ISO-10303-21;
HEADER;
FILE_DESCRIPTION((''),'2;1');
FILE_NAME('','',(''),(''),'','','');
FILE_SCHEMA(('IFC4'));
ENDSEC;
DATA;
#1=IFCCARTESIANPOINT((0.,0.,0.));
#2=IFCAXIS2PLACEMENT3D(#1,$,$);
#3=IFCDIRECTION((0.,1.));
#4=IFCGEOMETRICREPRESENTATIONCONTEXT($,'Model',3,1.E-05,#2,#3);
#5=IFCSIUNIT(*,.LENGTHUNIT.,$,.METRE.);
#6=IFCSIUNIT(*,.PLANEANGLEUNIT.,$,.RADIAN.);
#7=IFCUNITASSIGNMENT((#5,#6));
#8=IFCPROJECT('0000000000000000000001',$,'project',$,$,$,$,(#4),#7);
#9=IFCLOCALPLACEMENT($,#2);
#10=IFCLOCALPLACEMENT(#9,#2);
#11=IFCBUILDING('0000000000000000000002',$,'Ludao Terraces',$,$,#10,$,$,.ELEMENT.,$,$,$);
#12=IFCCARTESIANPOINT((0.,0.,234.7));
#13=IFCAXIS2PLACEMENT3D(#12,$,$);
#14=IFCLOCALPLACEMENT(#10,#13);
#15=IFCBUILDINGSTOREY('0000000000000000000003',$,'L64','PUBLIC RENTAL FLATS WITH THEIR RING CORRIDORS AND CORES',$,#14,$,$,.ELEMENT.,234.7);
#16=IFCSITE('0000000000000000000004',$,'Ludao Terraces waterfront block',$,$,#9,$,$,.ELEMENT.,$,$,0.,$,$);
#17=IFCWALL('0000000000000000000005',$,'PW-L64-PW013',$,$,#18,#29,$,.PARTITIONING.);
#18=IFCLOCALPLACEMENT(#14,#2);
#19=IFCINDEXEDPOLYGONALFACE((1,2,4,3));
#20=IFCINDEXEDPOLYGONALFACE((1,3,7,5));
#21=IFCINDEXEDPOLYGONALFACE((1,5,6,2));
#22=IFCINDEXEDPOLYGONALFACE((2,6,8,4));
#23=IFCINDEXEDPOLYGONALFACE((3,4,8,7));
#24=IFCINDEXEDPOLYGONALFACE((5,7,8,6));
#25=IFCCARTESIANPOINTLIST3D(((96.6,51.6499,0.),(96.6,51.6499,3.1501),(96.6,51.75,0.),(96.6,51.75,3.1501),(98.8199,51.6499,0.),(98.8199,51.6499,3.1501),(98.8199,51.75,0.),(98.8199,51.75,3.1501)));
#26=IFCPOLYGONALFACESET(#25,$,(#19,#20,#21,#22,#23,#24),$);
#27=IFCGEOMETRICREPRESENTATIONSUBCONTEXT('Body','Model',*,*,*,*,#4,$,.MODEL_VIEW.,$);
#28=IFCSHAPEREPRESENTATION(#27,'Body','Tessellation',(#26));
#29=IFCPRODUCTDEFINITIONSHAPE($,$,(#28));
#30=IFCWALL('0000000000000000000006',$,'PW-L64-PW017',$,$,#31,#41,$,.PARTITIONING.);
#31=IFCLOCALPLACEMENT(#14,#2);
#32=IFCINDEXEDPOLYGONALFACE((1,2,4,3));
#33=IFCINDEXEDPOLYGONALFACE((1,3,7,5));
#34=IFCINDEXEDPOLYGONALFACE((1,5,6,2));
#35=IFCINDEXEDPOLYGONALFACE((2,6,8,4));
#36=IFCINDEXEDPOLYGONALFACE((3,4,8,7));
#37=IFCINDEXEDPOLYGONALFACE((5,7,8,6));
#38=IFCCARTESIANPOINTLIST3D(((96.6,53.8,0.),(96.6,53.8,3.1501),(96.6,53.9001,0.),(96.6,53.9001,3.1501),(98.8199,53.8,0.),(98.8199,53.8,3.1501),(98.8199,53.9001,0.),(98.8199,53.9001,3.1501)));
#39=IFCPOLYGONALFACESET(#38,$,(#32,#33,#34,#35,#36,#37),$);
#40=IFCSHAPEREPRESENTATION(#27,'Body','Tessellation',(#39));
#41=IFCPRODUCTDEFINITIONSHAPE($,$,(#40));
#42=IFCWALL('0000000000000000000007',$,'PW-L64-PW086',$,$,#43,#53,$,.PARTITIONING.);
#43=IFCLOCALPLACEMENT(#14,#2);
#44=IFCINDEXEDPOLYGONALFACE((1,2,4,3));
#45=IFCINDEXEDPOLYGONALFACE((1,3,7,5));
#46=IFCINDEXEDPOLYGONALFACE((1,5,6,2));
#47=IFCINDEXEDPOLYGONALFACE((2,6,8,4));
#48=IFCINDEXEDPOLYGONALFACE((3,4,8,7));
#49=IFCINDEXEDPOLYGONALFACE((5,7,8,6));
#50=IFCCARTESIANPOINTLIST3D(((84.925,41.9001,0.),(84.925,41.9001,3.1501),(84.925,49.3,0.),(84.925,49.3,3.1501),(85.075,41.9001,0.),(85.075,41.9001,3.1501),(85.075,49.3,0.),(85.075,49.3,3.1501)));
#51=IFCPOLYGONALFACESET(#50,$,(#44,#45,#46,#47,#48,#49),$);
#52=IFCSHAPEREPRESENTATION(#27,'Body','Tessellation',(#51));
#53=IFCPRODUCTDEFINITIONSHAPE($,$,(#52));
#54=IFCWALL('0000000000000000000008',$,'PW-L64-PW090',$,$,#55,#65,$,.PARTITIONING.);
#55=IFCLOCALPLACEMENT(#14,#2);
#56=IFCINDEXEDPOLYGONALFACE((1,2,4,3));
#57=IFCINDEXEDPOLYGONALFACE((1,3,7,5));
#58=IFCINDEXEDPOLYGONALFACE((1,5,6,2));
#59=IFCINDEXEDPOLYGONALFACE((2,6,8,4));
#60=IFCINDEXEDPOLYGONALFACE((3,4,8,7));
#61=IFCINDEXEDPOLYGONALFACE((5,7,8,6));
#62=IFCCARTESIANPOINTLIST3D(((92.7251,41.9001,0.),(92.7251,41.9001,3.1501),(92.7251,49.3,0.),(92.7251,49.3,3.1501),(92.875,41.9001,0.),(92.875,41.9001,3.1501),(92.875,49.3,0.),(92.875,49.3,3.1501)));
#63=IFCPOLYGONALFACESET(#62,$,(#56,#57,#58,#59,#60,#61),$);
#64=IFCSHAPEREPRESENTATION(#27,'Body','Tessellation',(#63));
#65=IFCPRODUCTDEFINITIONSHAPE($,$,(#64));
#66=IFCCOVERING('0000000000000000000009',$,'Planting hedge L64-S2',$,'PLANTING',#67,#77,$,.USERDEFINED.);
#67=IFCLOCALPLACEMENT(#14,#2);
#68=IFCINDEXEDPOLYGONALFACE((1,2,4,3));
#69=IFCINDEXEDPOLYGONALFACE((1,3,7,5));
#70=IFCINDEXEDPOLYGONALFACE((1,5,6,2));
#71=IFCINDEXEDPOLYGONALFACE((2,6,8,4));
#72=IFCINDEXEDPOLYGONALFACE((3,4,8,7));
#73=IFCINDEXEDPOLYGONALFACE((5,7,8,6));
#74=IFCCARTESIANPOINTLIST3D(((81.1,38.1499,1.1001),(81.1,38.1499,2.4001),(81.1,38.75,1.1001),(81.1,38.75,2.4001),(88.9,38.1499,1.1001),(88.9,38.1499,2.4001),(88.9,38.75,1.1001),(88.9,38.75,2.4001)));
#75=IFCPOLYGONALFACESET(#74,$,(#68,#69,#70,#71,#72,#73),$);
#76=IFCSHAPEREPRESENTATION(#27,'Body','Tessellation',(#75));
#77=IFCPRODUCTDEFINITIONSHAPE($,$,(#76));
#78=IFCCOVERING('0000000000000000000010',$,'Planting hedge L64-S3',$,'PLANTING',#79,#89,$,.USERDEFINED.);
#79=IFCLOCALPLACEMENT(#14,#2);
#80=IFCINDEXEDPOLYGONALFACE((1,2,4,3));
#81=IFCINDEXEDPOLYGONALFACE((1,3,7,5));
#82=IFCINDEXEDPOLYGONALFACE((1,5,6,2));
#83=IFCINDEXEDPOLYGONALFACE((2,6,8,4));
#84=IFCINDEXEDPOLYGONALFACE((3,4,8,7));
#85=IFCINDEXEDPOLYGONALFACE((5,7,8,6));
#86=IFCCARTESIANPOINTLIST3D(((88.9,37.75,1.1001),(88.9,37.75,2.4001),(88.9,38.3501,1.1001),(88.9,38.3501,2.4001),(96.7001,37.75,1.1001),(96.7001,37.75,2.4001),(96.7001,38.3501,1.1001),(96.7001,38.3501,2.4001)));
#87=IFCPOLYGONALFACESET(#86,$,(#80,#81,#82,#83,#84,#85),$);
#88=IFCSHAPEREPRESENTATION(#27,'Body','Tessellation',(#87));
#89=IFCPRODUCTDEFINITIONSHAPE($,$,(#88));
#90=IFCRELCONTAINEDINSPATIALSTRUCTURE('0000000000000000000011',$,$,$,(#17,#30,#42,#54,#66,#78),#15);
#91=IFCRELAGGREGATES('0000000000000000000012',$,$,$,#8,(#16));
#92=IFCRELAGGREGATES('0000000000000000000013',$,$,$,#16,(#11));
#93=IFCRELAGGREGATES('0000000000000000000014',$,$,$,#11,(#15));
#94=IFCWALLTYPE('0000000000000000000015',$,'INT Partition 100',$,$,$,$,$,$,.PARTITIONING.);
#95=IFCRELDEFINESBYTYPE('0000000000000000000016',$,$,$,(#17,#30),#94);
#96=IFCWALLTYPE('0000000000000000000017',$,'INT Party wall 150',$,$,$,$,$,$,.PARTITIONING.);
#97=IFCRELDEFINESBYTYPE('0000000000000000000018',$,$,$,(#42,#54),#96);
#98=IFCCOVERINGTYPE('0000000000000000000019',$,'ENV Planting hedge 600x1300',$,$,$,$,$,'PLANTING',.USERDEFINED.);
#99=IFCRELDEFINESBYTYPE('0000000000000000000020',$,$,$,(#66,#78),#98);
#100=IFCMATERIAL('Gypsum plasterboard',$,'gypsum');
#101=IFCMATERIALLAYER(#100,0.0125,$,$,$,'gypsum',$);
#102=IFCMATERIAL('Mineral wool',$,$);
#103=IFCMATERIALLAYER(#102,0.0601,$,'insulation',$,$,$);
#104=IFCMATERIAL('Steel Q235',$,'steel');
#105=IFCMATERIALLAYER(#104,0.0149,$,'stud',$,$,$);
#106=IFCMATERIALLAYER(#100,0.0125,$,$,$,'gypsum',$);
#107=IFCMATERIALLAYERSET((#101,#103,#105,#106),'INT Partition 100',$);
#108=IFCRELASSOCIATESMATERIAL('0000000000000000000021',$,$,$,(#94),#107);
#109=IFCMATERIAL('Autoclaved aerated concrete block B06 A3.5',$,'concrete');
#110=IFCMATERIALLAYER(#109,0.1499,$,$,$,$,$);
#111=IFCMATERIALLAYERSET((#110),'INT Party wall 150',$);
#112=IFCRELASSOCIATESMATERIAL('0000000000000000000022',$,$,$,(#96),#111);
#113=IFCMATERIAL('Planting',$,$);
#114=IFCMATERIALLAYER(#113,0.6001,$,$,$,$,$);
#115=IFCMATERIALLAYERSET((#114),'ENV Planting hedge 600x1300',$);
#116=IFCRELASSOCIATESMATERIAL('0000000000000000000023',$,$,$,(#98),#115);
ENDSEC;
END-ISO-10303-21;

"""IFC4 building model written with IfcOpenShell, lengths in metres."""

from ifc_helpers import new_model, si_unit, direction, frame, frame_2d, origin, origin_2d, place, context, subcontext, project, spatial, rectangle, extrude, material, layer, layer_set, type_object, element, save


model = new_model("IFC4")

# Units and contexts
model_context = context("Model", 3, precision=1e-05, world=origin(), true_north=direction((0.0, 1.0)))
body_context = subcontext(model_context, "Body", "Model", "MODEL_VIEW")
ifc_project = project(units=[si_unit("LENGTHUNIT", "METRE"), si_unit("PLANEANGLEUNIT", "RADIAN")], contexts=[model_context])

# Site, building, storey
site_placement = place(None, origin())
site = spatial("IfcSite", under=ifc_project, at=site_placement, Name="Ludao Terraces waterfront block", CompositionType="ELEMENT", RefElevation=0.0)
building_placement = place(site_placement, origin())
building = spatial("IfcBuilding", under=site, at=building_placement, Name="Ludao Terraces", CompositionType="ELEMENT")
storey_placement = place(building_placement, frame((0.0, 0.0, 234.7)))
storey = spatial("IfcBuildingStorey", under=building, at=storey_placement, Name="L64", Description="PUBLIC RENTAL FLATS WITH THEIR RING CORRIDORS AND CORES", CompositionType="ELEMENT", Elevation=234.7)

# Shared definitions
ifc_material_1 = material(Name="Mineral wool")

# Shared definitions
ifc_material_2 = material(Name="Gypsum plasterboard", Category="gypsum")
ifc_layer_1 = layer(ifc_material_2, 0.0125, Category="gypsum")
ifc_layer_2 = layer(ifc_material_1, 0.0601, Name="insulation")
ifc_material_3 = material(Name="Steel Q235", Category="steel")
ifc_layer_3 = layer(ifc_material_3, 0.0149, Name="stud")
ifc_layer_4 = layer(ifc_material_2, 0.0125, Category="gypsum")
ifc_layer_set_1 = layer_set([ifc_layer_1, ifc_layer_2, ifc_layer_3, ifc_layer_4], Name="INT Partition 100")
wall_type_1 = type_object("IfcWallType", Name="INT Partition 100", PredefinedType="PARTITIONING", material=ifc_layer_set_1)

# Walls
for number, where, z_axis, x_axis, name in (
    (1, (96.6001, 51.7, 0.0), (0.0, 0.0, 1.0), (1.0, 0.0, 0.0), "PW-L64-PW013"),
    (2, (96.6001, 53.8501, 0.0), (0.0, 0.0, 1.0), (1.0, 0.0, 0.0), "PW-L64-PW017"),
):
    element("IfcWall", number, at=place(storey_placement, frame(where, z_axis=z_axis, x_axis=x_axis)), inside=storey, type_object=wall_type_1, Name=name, PredefinedType="PARTITIONING", context=body_context, shape_type="SweptSolid", body=[
        extrude(rectangle(XDim=2.22, YDim=0.1001, at=frame_2d((1.1099, 0.0))), origin(), (0.0, 0.0, 1.0), 3.1501),
    ])
ifc_material_4 = material(Name="Autoclaved aerated concrete block B06 A3.5", Category="concrete")
ifc_layer_5 = layer(ifc_material_4, 0.1499)
ifc_layer_set_2 = layer_set([ifc_layer_5], Name="INT Party wall 150")
wall_type_2 = type_object("IfcWallType", Name="INT Party wall 150", PredefinedType="PARTITIONING", material=ifc_layer_set_2)
for number, where, z_axis, x_axis, name in (
    (3, (85.0, 41.9001, 0.0), (0.0, 0.0, 1.0), (0.0, 1.0, 0.0), "PW-L64-PW086"),
    (4, (92.8, 41.9001, 0.0), (0.0, 0.0, 1.0), (0.0, 1.0, 0.0), "PW-L64-PW090"),
):
    element("IfcWall", number, at=place(storey_placement, frame(where, z_axis=z_axis, x_axis=x_axis)), inside=storey, type_object=wall_type_2, Name=name, PredefinedType="PARTITIONING", context=body_context, shape_type="SweptSolid", body=[
        extrude(rectangle(XDim=7.3999, YDim=0.1499, at=frame_2d((3.7, 0.0))), origin(), (0.0, 0.0, 1.0), 3.1501),
    ])

# Coverings
ifc_material_5 = material(Name="Planting")
ifc_layer_6 = layer(ifc_material_5, 0.6001)
ifc_layer_set_3 = layer_set([ifc_layer_6], Name="ENV Planting hedge 600x1300")
covering_type = type_object("IfcCoveringType", Name="ENV Planting hedge 600x1300", ElementType="PLANTING", PredefinedType="USERDEFINED", material=ifc_layer_set_3)
for number, where, z_axis, x_axis, name in (
    (5, (85.0, 38.45, 1.1001), (0.0, 0.0, 1.0), (1.0, 0.0, 0.0), "Planting hedge L64-S2"),
    (6, (92.8, 38.05, 1.1001), (0.0, 0.0, 1.0), (1.0, 0.0, 0.0), "Planting hedge L64-S3"),
):
    element("IfcCovering", number, at=place(storey_placement, frame(where, z_axis=z_axis, x_axis=x_axis)), inside=storey, type_object=covering_type, Name=name, ObjectType="PLANTING", PredefinedType="USERDEFINED", context=body_context, shape_type="SweptSolid", body=[
        extrude(rectangle(XDim=7.8, YDim=0.6001, at=origin_2d()), origin(), (0.0, 0.0, 1.0), 1.3),
    ])

save(model, "model.ifc")
